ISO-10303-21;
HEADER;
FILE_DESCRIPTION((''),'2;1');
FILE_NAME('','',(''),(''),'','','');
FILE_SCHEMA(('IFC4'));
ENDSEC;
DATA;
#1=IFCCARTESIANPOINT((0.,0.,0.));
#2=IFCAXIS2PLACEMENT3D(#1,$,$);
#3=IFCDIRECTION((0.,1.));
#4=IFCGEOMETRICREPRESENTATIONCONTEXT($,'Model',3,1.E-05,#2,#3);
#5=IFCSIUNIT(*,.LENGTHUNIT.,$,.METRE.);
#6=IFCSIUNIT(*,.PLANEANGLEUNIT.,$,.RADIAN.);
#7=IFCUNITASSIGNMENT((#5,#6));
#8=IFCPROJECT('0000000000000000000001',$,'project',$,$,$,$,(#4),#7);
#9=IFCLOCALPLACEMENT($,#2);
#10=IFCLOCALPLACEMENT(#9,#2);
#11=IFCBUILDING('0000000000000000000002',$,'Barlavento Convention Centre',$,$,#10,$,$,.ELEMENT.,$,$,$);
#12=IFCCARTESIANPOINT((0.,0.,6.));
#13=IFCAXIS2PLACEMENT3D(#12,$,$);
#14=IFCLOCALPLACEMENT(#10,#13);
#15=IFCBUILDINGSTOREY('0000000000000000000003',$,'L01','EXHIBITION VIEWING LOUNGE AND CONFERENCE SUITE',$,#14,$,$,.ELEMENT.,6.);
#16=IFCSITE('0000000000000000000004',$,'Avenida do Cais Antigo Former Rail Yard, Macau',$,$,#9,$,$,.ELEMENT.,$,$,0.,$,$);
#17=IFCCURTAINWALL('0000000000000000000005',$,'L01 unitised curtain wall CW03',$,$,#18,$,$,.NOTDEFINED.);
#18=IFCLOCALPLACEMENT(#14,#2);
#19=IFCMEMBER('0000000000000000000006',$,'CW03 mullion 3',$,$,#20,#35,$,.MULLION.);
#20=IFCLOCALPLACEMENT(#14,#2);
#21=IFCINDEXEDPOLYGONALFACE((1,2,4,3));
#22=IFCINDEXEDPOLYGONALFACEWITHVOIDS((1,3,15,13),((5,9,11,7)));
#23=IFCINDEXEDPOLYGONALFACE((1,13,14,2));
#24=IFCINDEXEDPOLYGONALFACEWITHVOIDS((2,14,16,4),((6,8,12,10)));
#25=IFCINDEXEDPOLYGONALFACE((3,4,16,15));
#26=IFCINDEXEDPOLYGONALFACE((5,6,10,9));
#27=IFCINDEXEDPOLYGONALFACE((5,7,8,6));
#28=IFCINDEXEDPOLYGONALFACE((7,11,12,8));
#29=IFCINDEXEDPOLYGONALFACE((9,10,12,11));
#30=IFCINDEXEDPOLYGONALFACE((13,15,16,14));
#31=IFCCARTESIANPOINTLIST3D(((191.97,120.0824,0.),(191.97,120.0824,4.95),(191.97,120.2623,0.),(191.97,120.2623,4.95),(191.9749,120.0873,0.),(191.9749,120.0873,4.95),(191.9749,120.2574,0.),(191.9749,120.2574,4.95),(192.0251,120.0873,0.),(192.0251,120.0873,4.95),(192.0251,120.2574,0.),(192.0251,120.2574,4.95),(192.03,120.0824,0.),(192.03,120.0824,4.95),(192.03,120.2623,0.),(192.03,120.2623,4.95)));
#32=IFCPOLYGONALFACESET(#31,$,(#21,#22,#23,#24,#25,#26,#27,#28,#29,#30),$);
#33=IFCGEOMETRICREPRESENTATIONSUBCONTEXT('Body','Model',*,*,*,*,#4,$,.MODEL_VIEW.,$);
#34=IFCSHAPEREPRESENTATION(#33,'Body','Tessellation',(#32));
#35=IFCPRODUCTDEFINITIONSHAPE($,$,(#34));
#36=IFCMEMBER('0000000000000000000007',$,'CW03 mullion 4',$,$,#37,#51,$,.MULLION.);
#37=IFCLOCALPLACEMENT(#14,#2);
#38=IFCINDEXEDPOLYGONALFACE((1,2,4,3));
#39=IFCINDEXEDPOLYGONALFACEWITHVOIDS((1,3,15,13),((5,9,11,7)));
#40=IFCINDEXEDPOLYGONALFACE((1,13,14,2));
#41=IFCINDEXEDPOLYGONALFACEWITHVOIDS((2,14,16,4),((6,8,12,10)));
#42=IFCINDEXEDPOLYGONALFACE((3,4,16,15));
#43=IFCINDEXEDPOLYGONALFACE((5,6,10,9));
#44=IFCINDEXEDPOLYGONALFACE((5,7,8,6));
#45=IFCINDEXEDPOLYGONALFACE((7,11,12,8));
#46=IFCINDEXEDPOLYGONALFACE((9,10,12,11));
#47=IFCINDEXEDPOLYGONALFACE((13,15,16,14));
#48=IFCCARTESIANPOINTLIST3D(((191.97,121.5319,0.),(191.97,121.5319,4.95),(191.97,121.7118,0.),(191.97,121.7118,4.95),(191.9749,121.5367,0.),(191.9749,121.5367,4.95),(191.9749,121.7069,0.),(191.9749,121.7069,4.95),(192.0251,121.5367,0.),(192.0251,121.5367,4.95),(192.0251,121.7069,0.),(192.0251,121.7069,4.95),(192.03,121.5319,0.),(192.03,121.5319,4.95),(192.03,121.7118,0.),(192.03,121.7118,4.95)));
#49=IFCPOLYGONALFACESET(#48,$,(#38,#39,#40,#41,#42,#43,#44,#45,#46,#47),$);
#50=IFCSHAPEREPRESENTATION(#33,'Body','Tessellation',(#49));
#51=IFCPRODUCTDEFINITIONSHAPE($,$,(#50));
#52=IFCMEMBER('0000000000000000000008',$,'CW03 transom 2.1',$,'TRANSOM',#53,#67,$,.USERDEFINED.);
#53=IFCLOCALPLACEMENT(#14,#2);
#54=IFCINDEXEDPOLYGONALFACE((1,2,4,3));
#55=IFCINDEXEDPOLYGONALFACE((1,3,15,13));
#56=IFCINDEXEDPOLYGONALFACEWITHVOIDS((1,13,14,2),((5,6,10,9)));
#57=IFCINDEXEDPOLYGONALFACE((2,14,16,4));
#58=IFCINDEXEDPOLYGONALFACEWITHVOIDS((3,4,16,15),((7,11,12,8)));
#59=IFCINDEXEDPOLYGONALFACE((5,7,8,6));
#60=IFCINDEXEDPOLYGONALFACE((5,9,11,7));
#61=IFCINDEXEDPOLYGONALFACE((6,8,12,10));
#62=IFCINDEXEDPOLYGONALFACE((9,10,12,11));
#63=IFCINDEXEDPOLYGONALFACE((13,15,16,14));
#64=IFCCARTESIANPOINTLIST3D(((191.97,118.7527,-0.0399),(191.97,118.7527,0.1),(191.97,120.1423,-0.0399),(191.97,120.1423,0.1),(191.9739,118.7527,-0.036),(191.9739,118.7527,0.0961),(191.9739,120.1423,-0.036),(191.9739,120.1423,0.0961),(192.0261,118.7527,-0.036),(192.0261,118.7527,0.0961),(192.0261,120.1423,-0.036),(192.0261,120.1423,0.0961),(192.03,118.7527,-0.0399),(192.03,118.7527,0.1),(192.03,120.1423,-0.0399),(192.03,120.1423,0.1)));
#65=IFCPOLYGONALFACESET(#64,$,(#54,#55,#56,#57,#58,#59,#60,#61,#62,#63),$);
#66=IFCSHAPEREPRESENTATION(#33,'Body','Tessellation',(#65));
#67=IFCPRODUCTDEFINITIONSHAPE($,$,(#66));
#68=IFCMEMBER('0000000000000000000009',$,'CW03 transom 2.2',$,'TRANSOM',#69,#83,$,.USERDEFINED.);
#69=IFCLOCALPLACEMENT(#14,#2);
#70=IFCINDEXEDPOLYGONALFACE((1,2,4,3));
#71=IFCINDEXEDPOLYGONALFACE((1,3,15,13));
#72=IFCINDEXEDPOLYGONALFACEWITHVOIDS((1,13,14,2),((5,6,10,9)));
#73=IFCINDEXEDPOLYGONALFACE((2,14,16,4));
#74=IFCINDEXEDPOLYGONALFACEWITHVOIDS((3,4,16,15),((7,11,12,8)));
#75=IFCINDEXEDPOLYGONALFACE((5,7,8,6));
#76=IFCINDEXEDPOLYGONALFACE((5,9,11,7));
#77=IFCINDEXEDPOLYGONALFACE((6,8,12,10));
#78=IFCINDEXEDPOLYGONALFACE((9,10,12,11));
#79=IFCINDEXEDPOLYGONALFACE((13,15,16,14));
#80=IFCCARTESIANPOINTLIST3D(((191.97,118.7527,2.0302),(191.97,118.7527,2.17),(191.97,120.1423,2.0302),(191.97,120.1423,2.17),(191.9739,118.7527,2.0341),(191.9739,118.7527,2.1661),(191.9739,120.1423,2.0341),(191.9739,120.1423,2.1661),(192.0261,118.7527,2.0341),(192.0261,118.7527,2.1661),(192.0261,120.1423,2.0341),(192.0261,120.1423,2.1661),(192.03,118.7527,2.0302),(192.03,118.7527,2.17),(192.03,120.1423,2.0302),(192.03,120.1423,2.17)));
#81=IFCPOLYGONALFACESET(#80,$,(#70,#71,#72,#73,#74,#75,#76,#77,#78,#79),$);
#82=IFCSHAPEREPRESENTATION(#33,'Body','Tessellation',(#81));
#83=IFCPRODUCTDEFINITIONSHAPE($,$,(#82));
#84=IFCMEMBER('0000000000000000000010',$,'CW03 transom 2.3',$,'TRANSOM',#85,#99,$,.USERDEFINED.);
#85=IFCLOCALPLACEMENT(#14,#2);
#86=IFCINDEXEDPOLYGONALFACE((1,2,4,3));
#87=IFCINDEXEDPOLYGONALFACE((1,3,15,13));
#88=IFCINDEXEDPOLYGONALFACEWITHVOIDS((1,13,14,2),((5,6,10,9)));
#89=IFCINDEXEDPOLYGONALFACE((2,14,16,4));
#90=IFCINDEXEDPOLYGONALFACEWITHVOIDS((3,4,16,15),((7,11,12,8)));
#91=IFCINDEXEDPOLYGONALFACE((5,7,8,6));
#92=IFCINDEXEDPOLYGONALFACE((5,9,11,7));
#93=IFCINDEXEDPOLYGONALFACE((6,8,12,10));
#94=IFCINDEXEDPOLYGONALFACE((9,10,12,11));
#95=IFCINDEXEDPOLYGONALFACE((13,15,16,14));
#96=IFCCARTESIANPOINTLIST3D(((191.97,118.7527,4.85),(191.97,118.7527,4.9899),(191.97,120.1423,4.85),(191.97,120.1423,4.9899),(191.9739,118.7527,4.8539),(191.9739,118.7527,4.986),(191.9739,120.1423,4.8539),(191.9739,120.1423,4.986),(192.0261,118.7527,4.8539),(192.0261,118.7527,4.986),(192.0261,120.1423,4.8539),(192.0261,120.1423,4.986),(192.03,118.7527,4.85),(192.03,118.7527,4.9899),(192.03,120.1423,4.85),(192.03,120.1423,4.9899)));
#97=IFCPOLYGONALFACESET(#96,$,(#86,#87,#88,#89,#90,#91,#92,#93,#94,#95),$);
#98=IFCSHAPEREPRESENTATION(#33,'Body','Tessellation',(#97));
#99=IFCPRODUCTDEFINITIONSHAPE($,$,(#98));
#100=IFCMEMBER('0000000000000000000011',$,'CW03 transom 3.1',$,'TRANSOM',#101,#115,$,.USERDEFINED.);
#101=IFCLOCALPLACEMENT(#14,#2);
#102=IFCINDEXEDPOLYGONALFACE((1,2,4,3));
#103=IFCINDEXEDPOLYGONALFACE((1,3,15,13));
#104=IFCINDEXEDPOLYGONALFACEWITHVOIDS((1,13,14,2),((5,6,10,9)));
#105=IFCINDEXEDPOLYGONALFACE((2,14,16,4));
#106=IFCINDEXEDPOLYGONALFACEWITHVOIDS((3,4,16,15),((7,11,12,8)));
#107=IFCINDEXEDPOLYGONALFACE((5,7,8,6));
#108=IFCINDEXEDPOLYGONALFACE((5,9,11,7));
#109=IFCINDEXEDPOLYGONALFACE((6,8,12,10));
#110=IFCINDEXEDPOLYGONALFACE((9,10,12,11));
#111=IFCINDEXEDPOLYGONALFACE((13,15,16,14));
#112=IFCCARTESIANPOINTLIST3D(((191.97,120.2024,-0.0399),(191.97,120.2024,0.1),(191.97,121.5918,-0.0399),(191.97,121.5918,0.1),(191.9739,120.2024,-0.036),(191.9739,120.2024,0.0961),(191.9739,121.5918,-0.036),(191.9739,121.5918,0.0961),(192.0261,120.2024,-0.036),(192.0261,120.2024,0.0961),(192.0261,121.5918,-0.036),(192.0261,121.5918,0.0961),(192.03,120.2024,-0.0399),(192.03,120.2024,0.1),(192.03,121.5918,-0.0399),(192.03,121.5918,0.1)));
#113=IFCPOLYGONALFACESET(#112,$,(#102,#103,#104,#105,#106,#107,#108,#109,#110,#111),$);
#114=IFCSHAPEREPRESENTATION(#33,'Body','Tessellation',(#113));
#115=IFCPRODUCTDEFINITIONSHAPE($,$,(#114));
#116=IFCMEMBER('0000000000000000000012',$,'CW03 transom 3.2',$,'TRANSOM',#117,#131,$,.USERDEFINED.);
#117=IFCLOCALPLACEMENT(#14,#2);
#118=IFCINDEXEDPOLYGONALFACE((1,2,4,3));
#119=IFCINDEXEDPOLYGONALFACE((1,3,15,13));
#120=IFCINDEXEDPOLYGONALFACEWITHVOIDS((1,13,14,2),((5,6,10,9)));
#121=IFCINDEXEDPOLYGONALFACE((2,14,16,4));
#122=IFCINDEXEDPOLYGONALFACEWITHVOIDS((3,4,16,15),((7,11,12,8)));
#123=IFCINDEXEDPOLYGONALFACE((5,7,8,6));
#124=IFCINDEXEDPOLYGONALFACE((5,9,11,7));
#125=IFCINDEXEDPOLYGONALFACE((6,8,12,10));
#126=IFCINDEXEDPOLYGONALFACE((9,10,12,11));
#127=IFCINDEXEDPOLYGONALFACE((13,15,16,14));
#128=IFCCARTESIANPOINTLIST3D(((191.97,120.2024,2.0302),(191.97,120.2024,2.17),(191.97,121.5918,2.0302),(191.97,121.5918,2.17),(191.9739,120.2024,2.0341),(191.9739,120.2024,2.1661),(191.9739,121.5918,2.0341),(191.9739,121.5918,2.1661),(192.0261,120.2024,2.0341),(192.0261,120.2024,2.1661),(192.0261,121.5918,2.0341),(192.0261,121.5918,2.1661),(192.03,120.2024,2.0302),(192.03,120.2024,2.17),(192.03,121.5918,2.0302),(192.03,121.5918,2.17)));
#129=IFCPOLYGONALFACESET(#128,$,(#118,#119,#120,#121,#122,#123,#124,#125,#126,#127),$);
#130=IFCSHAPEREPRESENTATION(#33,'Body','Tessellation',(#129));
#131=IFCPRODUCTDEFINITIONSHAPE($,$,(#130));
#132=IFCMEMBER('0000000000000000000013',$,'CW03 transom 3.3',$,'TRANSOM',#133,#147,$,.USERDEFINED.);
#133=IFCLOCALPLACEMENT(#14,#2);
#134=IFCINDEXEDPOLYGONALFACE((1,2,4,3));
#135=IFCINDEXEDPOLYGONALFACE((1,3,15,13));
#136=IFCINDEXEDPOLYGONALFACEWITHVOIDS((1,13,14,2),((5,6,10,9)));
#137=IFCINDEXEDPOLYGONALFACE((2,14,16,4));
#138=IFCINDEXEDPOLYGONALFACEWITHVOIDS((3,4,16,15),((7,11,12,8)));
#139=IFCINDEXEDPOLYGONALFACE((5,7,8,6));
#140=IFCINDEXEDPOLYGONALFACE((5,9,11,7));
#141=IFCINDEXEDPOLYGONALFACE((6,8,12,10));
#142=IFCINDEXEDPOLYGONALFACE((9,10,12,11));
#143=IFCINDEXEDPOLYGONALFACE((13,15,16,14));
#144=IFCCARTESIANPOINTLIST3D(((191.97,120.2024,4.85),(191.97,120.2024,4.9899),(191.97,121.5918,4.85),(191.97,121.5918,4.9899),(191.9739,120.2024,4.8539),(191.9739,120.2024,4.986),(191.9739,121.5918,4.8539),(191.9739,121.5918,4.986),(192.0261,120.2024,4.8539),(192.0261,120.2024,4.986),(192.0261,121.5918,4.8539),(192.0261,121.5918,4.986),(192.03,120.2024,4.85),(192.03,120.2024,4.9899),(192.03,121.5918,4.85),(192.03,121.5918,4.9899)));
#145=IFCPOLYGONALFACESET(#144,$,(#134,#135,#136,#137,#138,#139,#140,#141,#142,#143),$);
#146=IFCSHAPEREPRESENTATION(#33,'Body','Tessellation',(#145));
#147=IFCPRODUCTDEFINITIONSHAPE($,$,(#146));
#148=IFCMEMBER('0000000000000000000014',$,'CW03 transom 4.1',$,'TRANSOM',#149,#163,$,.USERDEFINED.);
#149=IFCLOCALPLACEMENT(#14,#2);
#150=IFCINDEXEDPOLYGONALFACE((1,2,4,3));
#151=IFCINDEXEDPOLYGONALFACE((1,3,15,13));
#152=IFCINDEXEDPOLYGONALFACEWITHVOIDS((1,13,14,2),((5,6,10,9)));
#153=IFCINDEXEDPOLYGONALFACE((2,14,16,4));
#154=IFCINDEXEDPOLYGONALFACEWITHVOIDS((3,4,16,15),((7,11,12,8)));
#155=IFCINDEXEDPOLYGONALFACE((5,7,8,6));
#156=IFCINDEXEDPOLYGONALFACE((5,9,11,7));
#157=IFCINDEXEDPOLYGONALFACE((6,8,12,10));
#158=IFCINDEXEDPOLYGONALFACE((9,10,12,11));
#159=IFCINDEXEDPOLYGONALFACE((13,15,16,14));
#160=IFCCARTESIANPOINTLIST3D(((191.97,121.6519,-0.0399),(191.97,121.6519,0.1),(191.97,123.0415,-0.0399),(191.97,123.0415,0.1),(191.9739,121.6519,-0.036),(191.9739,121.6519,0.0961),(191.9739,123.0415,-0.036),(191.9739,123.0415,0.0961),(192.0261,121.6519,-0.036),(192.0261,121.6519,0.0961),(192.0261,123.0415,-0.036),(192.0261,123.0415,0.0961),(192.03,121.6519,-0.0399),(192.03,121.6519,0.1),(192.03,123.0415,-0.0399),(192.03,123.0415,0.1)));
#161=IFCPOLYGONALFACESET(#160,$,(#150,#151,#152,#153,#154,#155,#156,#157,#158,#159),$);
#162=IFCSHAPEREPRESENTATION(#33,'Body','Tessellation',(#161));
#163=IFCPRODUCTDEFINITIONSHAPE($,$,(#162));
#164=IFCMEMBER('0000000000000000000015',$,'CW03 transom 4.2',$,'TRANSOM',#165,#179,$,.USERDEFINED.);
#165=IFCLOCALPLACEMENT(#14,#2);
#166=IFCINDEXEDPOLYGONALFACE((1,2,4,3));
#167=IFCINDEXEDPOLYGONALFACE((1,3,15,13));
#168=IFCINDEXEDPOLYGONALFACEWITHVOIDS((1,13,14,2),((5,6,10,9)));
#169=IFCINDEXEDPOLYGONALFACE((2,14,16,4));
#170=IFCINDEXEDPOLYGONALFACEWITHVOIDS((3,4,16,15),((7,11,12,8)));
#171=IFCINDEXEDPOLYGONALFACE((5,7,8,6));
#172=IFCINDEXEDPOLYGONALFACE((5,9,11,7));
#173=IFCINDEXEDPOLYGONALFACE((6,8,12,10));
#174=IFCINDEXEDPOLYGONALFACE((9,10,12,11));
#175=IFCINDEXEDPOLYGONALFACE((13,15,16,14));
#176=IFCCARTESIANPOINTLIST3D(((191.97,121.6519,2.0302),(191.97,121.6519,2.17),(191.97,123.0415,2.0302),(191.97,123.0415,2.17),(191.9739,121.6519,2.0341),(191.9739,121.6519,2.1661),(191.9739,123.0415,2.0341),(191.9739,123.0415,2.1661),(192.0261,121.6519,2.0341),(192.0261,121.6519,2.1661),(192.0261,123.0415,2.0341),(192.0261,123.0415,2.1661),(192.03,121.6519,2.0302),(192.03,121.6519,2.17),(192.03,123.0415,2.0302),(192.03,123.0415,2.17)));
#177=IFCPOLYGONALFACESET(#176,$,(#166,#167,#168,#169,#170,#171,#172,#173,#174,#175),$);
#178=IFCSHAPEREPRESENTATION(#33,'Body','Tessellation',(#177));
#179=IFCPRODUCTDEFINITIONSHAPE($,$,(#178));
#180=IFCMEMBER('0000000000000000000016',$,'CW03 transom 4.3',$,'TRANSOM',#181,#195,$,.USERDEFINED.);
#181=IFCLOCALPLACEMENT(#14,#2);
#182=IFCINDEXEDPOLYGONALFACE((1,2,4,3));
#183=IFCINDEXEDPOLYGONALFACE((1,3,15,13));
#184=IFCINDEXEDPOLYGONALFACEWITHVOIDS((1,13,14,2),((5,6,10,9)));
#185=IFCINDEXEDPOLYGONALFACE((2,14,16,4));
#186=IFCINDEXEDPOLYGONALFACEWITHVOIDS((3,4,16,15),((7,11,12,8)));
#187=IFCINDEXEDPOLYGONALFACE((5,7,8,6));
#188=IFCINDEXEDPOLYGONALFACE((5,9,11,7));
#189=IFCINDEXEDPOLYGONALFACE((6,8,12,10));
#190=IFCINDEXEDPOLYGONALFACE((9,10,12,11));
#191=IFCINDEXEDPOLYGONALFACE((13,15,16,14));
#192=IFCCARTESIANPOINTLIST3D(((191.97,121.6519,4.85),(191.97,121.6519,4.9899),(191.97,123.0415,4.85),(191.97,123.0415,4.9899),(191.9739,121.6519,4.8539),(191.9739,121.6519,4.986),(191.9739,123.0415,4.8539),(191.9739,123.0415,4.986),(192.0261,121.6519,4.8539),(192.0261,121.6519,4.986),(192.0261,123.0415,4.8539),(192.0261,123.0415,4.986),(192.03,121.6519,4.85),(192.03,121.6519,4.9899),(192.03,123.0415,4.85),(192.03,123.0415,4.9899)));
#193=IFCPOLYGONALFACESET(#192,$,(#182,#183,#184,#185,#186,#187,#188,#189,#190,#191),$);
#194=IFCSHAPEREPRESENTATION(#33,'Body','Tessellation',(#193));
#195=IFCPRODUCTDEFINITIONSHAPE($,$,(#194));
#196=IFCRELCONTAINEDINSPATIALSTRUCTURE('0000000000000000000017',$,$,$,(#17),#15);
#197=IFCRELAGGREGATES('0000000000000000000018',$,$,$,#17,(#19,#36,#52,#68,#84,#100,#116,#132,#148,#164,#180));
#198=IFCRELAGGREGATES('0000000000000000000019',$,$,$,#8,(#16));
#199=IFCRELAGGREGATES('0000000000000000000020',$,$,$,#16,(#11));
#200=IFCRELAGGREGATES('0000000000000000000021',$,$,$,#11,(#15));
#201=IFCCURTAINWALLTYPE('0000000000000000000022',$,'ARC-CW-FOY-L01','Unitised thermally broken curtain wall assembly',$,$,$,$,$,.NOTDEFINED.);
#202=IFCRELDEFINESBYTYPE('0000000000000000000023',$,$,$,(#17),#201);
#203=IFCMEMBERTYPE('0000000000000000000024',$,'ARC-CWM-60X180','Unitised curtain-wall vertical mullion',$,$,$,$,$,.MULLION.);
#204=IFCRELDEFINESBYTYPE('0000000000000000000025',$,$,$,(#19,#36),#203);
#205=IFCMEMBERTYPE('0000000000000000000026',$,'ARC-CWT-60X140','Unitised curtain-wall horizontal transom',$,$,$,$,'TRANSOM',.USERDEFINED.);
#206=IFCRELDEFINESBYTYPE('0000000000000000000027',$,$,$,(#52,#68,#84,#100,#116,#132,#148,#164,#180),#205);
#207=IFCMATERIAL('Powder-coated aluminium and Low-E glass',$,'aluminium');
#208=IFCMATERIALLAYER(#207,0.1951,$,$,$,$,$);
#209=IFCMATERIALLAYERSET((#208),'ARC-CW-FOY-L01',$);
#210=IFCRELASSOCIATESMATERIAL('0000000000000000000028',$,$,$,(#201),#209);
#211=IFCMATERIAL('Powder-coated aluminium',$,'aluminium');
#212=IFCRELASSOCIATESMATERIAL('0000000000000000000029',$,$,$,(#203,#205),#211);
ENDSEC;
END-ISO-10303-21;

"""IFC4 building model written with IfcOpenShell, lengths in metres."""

from ifc_helpers import new_model, si_unit, direction, frame, origin, origin_2d, place, context, subcontext, project, spatial, hollow_rectangle, extrude, material, layer, layer_set, material_profile, profile_set, type_object, element, aggregate, save


model = new_model("IFC4")

# Units and contexts
model_context = context("Model", 3, precision=1e-05, world=origin(), true_north=direction((0.0, 1.0)))
body_context = subcontext(model_context, "Body", "Model", "MODEL_VIEW")
ifc_project = project(units=[si_unit("LENGTHUNIT", "METRE"), si_unit("PLANEANGLEUNIT", "RADIAN")], contexts=[model_context])

# Site, building, storey
site_placement = place(None, origin())
site = spatial("IfcSite", under=ifc_project, at=site_placement, Name="Avenida do Cais Antigo Former Rail Yard, Macau", CompositionType="ELEMENT", RefElevation=0.0)
building_placement = place(site_placement, origin())
building = spatial("IfcBuilding", under=site, at=building_placement, Name="Barlavento Convention Centre", CompositionType="ELEMENT")
storey_placement = place(building_placement, frame((0.0, 0.0, 6.0)))
storey = spatial("IfcBuildingStorey", under=building, at=storey_placement, Name="L01", Description="EXHIBITION VIEWING LOUNGE AND CONFERENCE SUITE", CompositionType="ELEMENT", Elevation=6.0)

# Curtain wall, members
ifc_material_1 = material(Name="Powder-coated aluminium and Low-E glass", Category="aluminium")
ifc_layer_1 = layer(ifc_material_1, 0.1951)
ifc_layer_set_1 = layer_set([ifc_layer_1], Name="ARC-CW-FOY-L01")
curtain_wall_type = type_object("IfcCurtainWallType", Name="ARC-CW-FOY-L01", Description="Unitised thermally broken curtain wall assembly", PredefinedType="NOTDEFINED", material=ifc_layer_set_1)
curtain_wall_placement = place(storey_placement, origin())
curtain_wall = element("IfcCurtainWall", 1, at=curtain_wall_placement, inside=storey, type_object=curtain_wall_type, Name="L01 unitised curtain wall CW03", PredefinedType="NOTDEFINED")
ifc_material_2 = material(Name="Powder-coated aluminium", Category="aluminium")
ifc_material_profile_1 = material_profile(ifc_material_2, hollow_rectangle(XDim=0.0601, YDim=0.1799, WallThickness=0.0049, at=origin_2d()), Name="AL-MULL 60x180x5")
ifc_profile_set_1 = profile_set([ifc_material_profile_1], Name="Powder-coated aluminium")
member_type_1 = type_object("IfcMemberType", Name="ARC-CWM-60X180", Description="Unitised curtain-wall vertical mullion", PredefinedType="MULLION", material=ifc_profile_set_1)
member_1_placement = place(storey_placement, frame((192.0, 120.1724, 0.0), z_axis=(0.0, 0.0, 1.0), x_axis=(-1.0, 0.0, 0.0)))
member_1 = element("IfcMember", 2, at=member_1_placement, type_object=member_type_1, Name="CW03 mullion 3", PredefinedType="MULLION", context=body_context, shape_type="SweptSolid", body=[
    extrude(hollow_rectangle(XDim=0.0601, YDim=0.1799, WallThickness=0.0049, at=origin_2d()), origin(), (0.0, 0.0, 1.0), 4.95),
])
member_2_placement = place(storey_placement, frame((192.0, 121.6218, 0.0), z_axis=(0.0, 0.0, 1.0), x_axis=(-1.0, 0.0, 0.0)))
member_2 = element("IfcMember", 3, at=member_2_placement, type_object=member_type_1, Name="CW03 mullion 4", PredefinedType="MULLION", context=body_context, shape_type="SweptSolid", body=[
    extrude(hollow_rectangle(XDim=0.0601, YDim=0.1799, WallThickness=0.0049, at=origin_2d()), origin(), (0.0, 0.0, 1.0), 4.95),
])
ifc_material_profile_2 = material_profile(ifc_material_2, hollow_rectangle(XDim=0.0601, YDim=0.1399, WallThickness=0.0039, at=origin_2d()), Name="AL-TRAN 60x140x4")
ifc_profile_set_2 = profile_set([ifc_material_profile_2], Name="Powder-coated aluminium")
member_type_2 = type_object("IfcMemberType", Name="ARC-CWT-60X140", Description="Unitised curtain-wall horizontal transom", ElementType="TRANSOM", PredefinedType="USERDEFINED", material=ifc_profile_set_2)
member_3_placement = place(storey_placement, frame((192.0, 118.7527, 0.03), z_axis=(0.0, 1.0, 0.0), x_axis=(-1.0, 0.0, 0.0)))
member_3 = element("IfcMember", 4, at=member_3_placement, type_object=member_type_2, Name="CW03 transom 2.1", ObjectType="TRANSOM", PredefinedType="USERDEFINED", context=body_context, shape_type="SweptSolid", body=[
    extrude(hollow_rectangle(XDim=0.0601, YDim=0.1399, WallThickness=0.0039, at=origin_2d()), origin(), (0.0, 0.0, 1.0), 1.3896),
])
member_4_placement = place(storey_placement, frame((192.0, 118.7527, 2.1001), z_axis=(0.0, 1.0, 0.0), x_axis=(-1.0, 0.0, 0.0)))
member_4 = element("IfcMember", 5, at=member_4_placement, type_object=member_type_2, Name="CW03 transom 2.2", ObjectType="TRANSOM", PredefinedType="USERDEFINED", context=body_context, shape_type="SweptSolid", body=[
    extrude(hollow_rectangle(XDim=0.0601, YDim=0.1399, WallThickness=0.0039, at=origin_2d()), origin(), (0.0, 0.0, 1.0), 1.3896),
])
member_5_placement = place(storey_placement, frame((192.0, 118.7527, 4.9199), z_axis=(0.0, 1.0, 0.0), x_axis=(-1.0, 0.0, 0.0)))
member_5 = element("IfcMember", 6, at=member_5_placement, type_object=member_type_2, Name="CW03 transom 2.3", ObjectType="TRANSOM", PredefinedType="USERDEFINED", context=body_context, shape_type="SweptSolid", body=[
    extrude(hollow_rectangle(XDim=0.0601, YDim=0.1399, WallThickness=0.0039, at=origin_2d()), origin(), (0.0, 0.0, 1.0), 1.3896),
])
member_6_placement = place(storey_placement, frame((192.0, 120.2024, 0.03), z_axis=(0.0, 1.0, 0.0), x_axis=(-1.0, 0.0, 0.0)))
member_6 = element("IfcMember", 7, at=member_6_placement, type_object=member_type_2, Name="CW03 transom 3.1", ObjectType="TRANSOM", PredefinedType="USERDEFINED", context=body_context, shape_type="SweptSolid", body=[
    extrude(hollow_rectangle(XDim=0.0601, YDim=0.1399, WallThickness=0.0039, at=origin_2d()), origin(), (0.0, 0.0, 1.0), 1.3894),
])
member_7_placement = place(storey_placement, frame((192.0, 120.2024, 2.1001), z_axis=(0.0, 1.0, 0.0), x_axis=(-1.0, 0.0, 0.0)))
member_7 = element("IfcMember", 8, at=member_7_placement, type_object=member_type_2, Name="CW03 transom 3.2", ObjectType="TRANSOM", PredefinedType="USERDEFINED", context=body_context, shape_type="SweptSolid", body=[
    extrude(hollow_rectangle(XDim=0.0601, YDim=0.1399, WallThickness=0.0039, at=origin_2d()), origin(), (0.0, 0.0, 1.0), 1.3894),
])
member_8_placement = place(storey_placement, frame((192.0, 120.2024, 4.9199), z_axis=(0.0, 1.0, 0.0), x_axis=(-1.0, 0.0, 0.0)))
member_8 = element("IfcMember", 9, at=member_8_placement, type_object=member_type_2, Name="CW03 transom 3.3", ObjectType="TRANSOM", PredefinedType="USERDEFINED", context=body_context, shape_type="SweptSolid", body=[
    extrude(hollow_rectangle(XDim=0.0601, YDim=0.1399, WallThickness=0.0039, at=origin_2d()), origin(), (0.0, 0.0, 1.0), 1.3894),
])
member_9_placement = place(storey_placement, frame((192.0, 121.6519, 0.03), z_axis=(0.0, 1.0, 0.0), x_axis=(-1.0, 0.0, 0.0)))
member_9 = element("IfcMember", 10, at=member_9_placement, type_object=member_type_2, Name="CW03 transom 4.1", ObjectType="TRANSOM", PredefinedType="USERDEFINED", context=body_context, shape_type="SweptSolid", body=[
    extrude(hollow_rectangle(XDim=0.0601, YDim=0.1399, WallThickness=0.0039, at=origin_2d()), origin(), (0.0, 0.0, 1.0), 1.3896),
])
member_10_placement = place(storey_placement, frame((192.0, 121.6519, 2.1001), z_axis=(0.0, 1.0, 0.0), x_axis=(-1.0, 0.0, 0.0)))
member_10 = element("IfcMember", 11, at=member_10_placement, type_object=member_type_2, Name="CW03 transom 4.2", ObjectType="TRANSOM", PredefinedType="USERDEFINED", context=body_context, shape_type="SweptSolid", body=[
    extrude(hollow_rectangle(XDim=0.0601, YDim=0.1399, WallThickness=0.0039, at=origin_2d()), origin(), (0.0, 0.0, 1.0), 1.3896),
])
member_11_placement = place(storey_placement, frame((192.0, 121.6519, 4.9199), z_axis=(0.0, 1.0, 0.0), x_axis=(-1.0, 0.0, 0.0)))
member_11 = element("IfcMember", 12, at=member_11_placement, type_object=member_type_2, Name="CW03 transom 4.3", ObjectType="TRANSOM", PredefinedType="USERDEFINED", context=body_context, shape_type="SweptSolid", body=[
    extrude(hollow_rectangle(XDim=0.0601, YDim=0.1399, WallThickness=0.0039, at=origin_2d()), origin(), (0.0, 0.0, 1.0), 1.3896),
])
aggregate(curtain_wall, [member_1, member_2, member_3, member_4, member_5, member_6, member_7, member_8, member_9, member_10, member_11])

save(model, "model.ifc")
